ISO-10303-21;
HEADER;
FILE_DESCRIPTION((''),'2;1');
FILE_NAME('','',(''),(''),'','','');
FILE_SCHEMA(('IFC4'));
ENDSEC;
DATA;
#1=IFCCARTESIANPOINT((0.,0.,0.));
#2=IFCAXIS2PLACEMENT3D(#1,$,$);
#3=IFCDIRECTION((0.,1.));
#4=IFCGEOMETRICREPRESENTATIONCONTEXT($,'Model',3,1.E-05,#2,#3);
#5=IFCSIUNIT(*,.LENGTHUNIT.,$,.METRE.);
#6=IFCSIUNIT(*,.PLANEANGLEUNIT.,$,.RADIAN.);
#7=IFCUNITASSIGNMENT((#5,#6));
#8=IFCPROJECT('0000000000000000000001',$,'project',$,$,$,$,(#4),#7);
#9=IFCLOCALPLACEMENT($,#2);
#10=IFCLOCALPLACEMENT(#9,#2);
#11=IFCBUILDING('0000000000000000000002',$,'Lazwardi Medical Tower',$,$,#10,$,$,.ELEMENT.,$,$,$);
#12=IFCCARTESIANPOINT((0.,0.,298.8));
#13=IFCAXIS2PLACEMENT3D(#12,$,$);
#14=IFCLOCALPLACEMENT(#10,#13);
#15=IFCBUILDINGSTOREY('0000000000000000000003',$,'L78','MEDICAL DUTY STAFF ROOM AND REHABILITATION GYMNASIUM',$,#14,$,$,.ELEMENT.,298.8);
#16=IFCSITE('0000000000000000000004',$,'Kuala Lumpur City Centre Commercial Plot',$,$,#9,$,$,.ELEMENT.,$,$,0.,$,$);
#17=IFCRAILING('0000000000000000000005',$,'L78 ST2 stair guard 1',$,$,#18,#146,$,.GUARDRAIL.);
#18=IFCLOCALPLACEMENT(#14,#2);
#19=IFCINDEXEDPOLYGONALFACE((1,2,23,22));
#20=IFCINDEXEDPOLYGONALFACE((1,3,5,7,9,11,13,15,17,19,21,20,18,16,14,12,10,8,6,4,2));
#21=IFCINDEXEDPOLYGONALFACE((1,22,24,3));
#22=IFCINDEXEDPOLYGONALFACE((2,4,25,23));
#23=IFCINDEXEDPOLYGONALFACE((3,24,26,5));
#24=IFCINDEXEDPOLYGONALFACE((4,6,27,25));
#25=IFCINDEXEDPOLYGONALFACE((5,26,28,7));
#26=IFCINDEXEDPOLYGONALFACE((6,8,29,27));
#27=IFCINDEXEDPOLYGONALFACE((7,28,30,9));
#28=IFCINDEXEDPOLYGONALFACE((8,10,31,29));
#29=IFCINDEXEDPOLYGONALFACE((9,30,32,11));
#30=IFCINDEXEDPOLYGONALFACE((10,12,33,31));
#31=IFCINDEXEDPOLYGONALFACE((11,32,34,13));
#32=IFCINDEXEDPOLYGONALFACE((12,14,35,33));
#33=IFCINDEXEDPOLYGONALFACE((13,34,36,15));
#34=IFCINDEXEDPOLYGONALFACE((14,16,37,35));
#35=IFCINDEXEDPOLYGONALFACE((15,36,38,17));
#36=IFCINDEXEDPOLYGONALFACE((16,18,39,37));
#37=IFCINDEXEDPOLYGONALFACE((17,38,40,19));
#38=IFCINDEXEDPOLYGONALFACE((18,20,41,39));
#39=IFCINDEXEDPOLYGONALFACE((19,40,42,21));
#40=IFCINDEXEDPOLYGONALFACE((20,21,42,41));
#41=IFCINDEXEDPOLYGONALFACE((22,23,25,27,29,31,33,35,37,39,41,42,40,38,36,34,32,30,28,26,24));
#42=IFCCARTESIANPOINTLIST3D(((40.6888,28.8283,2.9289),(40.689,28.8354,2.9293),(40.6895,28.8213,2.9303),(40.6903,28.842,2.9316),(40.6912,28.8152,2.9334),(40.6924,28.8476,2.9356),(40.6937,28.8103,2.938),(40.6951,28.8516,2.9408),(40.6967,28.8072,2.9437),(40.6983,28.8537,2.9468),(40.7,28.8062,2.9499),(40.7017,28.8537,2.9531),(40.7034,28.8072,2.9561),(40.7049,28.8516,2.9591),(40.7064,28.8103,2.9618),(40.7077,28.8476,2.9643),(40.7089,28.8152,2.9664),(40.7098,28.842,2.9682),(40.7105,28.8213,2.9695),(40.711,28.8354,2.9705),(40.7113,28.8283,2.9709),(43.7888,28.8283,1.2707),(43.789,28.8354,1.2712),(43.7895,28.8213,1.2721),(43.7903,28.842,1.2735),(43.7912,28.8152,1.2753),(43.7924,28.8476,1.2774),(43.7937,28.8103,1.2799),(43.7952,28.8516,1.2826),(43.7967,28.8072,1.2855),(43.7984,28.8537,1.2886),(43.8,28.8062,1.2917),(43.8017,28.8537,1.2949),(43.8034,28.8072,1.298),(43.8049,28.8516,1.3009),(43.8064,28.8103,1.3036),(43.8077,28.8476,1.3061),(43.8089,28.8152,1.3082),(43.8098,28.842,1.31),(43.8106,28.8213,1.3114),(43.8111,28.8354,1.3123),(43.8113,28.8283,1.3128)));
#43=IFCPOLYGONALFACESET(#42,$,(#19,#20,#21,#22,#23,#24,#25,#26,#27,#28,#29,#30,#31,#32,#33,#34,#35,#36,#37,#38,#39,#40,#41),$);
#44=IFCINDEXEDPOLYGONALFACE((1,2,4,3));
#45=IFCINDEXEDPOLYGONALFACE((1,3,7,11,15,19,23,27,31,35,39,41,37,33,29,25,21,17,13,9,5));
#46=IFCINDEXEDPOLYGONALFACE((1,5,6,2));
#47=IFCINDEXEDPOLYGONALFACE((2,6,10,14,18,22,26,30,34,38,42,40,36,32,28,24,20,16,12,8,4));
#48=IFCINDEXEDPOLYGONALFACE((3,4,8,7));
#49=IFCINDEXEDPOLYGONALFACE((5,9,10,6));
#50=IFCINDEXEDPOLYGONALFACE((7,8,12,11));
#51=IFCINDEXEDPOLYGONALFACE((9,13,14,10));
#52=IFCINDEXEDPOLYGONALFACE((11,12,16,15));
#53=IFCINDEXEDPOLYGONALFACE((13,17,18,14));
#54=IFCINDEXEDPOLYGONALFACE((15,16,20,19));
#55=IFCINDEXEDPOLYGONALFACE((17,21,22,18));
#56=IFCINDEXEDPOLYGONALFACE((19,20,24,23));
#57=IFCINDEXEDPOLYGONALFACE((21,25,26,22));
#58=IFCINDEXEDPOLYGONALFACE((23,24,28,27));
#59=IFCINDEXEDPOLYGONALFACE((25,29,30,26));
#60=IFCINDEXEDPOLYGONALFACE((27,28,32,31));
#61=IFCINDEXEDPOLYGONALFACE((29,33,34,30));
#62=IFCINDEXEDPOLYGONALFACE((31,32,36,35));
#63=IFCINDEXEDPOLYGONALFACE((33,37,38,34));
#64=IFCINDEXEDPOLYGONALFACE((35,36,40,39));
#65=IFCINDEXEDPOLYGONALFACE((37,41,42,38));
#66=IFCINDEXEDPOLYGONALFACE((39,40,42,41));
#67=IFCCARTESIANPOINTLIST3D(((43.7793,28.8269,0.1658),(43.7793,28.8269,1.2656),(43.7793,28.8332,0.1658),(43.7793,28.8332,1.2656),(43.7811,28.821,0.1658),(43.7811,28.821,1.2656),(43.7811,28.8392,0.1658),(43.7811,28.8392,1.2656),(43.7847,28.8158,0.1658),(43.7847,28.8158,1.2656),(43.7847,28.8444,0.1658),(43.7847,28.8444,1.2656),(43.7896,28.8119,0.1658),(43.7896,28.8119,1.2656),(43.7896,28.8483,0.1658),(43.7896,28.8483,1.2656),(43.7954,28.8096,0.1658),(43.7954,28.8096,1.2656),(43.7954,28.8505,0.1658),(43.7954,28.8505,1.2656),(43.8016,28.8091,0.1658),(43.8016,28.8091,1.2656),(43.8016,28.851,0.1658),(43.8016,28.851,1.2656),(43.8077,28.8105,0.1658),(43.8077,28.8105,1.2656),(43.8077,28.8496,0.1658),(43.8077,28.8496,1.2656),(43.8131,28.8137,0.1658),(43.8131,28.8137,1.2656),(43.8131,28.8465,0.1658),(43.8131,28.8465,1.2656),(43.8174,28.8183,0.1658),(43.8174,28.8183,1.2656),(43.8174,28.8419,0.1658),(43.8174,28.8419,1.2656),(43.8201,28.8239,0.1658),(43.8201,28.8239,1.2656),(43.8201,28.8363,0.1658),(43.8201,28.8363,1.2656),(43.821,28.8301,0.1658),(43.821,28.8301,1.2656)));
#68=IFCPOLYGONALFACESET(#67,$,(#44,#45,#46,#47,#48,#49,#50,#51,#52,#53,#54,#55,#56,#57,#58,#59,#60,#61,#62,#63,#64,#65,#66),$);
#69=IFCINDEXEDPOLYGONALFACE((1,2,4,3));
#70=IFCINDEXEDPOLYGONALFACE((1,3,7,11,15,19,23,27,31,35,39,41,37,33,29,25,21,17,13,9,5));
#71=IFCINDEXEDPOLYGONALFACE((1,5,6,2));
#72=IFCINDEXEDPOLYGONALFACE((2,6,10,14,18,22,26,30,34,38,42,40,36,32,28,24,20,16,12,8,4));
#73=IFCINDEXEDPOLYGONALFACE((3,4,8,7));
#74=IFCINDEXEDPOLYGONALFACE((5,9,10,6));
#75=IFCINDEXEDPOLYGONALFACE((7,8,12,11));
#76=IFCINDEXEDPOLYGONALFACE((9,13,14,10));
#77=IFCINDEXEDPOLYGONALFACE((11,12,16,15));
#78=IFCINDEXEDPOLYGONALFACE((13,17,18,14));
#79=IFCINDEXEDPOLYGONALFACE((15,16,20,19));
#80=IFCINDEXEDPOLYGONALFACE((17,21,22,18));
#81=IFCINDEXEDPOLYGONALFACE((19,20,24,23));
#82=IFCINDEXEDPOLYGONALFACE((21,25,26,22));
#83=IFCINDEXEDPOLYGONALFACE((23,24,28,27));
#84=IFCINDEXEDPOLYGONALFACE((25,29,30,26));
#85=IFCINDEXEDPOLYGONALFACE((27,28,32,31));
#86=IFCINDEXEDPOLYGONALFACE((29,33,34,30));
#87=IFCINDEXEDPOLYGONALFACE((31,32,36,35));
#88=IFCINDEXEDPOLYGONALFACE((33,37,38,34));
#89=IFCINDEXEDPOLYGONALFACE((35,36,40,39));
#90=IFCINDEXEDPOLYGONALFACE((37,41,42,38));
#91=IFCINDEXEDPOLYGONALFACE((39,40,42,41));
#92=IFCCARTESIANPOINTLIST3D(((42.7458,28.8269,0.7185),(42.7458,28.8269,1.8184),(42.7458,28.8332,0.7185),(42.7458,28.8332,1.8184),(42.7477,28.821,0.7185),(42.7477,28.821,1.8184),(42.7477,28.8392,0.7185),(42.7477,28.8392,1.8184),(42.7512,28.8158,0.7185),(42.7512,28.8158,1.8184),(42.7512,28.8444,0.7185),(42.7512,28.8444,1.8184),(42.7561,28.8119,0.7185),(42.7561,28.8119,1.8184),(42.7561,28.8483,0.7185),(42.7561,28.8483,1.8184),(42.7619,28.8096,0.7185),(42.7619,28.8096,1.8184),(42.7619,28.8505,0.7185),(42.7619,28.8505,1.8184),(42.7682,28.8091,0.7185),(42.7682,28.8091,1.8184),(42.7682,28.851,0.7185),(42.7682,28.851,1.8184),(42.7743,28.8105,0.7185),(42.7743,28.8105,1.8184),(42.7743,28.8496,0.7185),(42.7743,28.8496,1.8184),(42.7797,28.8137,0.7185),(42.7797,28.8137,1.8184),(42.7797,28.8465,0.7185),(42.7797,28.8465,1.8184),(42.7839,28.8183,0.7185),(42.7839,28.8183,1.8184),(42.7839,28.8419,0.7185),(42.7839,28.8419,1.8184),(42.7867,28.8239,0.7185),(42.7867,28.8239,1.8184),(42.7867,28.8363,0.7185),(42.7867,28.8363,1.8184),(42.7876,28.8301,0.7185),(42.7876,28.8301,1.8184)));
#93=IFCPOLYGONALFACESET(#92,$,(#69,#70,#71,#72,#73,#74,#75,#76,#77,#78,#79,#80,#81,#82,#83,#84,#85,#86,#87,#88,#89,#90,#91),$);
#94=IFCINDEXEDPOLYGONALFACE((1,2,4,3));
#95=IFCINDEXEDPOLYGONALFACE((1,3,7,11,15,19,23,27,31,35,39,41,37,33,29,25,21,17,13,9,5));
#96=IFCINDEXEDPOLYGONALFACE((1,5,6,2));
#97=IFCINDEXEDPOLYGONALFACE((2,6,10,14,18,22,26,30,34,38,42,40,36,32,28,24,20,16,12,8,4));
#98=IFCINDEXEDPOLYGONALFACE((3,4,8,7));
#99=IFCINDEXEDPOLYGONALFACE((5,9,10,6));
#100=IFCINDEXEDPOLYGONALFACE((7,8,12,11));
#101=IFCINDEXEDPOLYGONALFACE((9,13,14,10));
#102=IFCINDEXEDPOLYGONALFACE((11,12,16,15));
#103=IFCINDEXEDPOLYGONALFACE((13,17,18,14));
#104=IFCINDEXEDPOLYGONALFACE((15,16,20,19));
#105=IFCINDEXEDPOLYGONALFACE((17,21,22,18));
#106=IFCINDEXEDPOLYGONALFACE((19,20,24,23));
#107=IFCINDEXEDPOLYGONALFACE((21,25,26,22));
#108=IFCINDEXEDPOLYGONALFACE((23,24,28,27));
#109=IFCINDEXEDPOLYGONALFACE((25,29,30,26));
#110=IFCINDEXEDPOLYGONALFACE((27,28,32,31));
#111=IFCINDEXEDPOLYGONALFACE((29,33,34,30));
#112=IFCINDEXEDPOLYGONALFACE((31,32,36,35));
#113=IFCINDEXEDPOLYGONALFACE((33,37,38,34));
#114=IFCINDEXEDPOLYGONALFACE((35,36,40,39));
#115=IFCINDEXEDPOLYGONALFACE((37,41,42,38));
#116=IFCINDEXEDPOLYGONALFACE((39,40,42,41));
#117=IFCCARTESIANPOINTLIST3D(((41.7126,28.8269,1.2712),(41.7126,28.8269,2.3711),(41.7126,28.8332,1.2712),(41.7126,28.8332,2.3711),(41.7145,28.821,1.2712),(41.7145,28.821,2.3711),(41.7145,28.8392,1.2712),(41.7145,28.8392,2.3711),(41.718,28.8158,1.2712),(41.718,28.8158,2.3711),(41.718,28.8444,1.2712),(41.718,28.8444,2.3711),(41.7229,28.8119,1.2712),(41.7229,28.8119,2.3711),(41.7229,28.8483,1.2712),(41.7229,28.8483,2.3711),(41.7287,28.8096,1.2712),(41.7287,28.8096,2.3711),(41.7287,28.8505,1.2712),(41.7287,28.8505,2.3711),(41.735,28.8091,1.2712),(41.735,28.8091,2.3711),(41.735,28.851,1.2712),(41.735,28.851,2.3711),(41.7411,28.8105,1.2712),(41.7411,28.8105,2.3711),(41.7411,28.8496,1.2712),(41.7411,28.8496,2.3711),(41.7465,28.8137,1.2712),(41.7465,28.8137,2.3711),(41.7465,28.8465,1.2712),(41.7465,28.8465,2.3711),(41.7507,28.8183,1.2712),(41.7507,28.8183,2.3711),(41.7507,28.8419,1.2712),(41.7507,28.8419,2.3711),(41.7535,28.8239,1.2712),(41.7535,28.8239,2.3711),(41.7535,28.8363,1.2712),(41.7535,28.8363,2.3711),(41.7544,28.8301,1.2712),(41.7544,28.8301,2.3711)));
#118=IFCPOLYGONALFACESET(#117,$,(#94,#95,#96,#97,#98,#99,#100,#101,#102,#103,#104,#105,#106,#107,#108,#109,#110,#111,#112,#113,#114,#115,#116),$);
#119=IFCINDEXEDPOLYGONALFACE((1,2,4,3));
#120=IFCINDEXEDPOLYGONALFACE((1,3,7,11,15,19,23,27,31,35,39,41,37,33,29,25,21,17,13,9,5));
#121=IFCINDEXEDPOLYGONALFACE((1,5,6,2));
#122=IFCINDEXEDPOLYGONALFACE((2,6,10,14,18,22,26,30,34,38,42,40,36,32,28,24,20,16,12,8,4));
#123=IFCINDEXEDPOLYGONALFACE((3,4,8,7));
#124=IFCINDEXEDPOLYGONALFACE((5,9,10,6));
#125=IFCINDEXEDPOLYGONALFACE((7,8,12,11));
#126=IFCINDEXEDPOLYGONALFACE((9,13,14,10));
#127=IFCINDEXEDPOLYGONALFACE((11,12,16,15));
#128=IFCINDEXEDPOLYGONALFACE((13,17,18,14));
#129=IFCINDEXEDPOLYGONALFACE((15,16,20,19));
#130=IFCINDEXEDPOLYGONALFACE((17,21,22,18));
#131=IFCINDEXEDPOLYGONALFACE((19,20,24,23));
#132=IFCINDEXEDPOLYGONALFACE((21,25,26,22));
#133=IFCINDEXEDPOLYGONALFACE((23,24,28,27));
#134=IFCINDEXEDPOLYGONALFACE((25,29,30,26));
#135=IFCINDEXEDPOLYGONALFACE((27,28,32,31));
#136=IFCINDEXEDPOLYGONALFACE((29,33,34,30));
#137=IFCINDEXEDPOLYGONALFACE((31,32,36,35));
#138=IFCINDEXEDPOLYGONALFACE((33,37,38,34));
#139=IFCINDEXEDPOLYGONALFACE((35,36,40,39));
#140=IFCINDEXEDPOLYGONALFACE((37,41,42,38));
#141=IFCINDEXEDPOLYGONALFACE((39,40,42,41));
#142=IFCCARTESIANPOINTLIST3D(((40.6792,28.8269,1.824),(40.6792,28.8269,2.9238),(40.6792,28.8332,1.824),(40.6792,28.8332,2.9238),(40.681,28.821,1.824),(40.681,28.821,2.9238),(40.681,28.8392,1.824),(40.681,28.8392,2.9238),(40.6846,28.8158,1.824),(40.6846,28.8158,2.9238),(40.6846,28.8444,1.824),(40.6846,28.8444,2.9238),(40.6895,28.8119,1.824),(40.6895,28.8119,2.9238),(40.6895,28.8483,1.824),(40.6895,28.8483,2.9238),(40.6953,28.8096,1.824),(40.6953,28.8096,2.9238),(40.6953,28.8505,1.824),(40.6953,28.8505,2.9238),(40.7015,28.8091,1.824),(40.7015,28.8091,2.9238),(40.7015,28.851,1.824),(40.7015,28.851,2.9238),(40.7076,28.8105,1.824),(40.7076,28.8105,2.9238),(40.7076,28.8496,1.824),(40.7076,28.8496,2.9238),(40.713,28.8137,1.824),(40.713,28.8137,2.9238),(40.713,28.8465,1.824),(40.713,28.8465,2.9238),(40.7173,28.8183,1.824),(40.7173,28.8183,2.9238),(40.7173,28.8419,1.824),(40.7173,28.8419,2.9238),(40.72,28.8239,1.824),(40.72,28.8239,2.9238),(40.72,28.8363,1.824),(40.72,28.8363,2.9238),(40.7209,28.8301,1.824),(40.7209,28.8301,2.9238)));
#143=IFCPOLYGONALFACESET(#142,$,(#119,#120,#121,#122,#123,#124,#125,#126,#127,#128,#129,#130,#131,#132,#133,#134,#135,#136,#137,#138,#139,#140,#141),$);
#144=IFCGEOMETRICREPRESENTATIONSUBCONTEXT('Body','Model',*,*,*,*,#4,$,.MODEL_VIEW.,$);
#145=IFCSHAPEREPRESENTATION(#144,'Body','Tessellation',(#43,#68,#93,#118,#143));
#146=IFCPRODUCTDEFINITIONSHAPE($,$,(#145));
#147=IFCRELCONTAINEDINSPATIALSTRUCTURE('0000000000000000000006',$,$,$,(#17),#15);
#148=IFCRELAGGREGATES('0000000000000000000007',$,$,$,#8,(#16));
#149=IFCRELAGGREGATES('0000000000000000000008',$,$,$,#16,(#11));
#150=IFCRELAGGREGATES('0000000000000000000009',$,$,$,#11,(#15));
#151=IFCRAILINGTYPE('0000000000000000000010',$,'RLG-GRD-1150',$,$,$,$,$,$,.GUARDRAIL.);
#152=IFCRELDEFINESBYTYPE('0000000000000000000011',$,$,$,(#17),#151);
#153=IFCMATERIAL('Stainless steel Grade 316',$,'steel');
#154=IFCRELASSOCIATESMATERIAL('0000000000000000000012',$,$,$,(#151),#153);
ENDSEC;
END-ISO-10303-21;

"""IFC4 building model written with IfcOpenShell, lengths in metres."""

from ifc_helpers import new_model, si_unit, direction, frame, origin, origin_2d, place, context, subcontext, project, spatial, circle, extrude, material, type_object, element, save


model = new_model("IFC4")

# Units and contexts
model_context = context("Model", 3, precision=1e-05, world=origin(), true_north=direction((0.0, 1.0)))
body_context = subcontext(model_context, "Body", "Model", "MODEL_VIEW")
ifc_project = project(units=[si_unit("LENGTHUNIT", "METRE"), si_unit("PLANEANGLEUNIT", "RADIAN")], contexts=[model_context])

# Site, building, storey
site_placement = place(None, origin())
site = spatial("IfcSite", under=ifc_project, at=site_placement, Name="Kuala Lumpur City Centre Commercial Plot", CompositionType="ELEMENT", RefElevation=0.0)
building_placement = place(site_placement, origin())
building = spatial("IfcBuilding", under=site, at=building_placement, Name="Lazwardi Medical Tower", CompositionType="ELEMENT")
storey_placement = place(building_placement, frame((0.0, 0.0, 298.8)))
storey = spatial("IfcBuildingStorey", under=building, at=storey_placement, Name="L78", Description="MEDICAL DUTY STAFF ROOM AND REHABILITATION GYMNASIUM", CompositionType="ELEMENT", Elevation=298.8)

# Railing
ifc_material_1 = material(Name="Stainless steel Grade 316", Category="steel")
railing_type_1 = type_object("IfcRailingType", Name="RLG-GRD-1150", PredefinedType="GUARDRAIL", material=ifc_material_1)
railing_1_placement = place(storey_placement, frame((43.8, 28.8301, 0.1658)))
element("IfcRailing", 1, at=railing_1_placement, inside=storey, type_object=railing_type_1, Name="L78 ST2 stair guard 1", PredefinedType="GUARDRAIL", context=body_context, shape_type="SweptSolid", body=[
    extrude(circle(Radius=0.0239, at=origin_2d()), frame((0.0, 0.0, 1.126), z_axis=(-0.881783, 0.0, 0.471655), x_axis=(0.0, -1.0, 0.0)), (0.0, 0.0, 1.0), 3.5156),
    extrude(circle(Radius=0.021, at=origin_2d()), origin(), (0.0, 0.0, 1.0), 1.0999),
    extrude(circle(Radius=0.021, at=origin_2d()), frame((-1.0334, 0.0, 0.5527)), (0.0, 0.0, 1.0), 1.0999),
    extrude(circle(Radius=0.021, at=origin_2d()), frame((-2.0667, 0.0, 1.1055)), (0.0, 0.0, 1.0), 1.0999),
    extrude(circle(Radius=0.021, at=origin_2d()), frame((-3.1001, 0.0, 1.6582)), (0.0, 0.0, 1.0), 1.0999),
])

save(model, "model.ifc")
